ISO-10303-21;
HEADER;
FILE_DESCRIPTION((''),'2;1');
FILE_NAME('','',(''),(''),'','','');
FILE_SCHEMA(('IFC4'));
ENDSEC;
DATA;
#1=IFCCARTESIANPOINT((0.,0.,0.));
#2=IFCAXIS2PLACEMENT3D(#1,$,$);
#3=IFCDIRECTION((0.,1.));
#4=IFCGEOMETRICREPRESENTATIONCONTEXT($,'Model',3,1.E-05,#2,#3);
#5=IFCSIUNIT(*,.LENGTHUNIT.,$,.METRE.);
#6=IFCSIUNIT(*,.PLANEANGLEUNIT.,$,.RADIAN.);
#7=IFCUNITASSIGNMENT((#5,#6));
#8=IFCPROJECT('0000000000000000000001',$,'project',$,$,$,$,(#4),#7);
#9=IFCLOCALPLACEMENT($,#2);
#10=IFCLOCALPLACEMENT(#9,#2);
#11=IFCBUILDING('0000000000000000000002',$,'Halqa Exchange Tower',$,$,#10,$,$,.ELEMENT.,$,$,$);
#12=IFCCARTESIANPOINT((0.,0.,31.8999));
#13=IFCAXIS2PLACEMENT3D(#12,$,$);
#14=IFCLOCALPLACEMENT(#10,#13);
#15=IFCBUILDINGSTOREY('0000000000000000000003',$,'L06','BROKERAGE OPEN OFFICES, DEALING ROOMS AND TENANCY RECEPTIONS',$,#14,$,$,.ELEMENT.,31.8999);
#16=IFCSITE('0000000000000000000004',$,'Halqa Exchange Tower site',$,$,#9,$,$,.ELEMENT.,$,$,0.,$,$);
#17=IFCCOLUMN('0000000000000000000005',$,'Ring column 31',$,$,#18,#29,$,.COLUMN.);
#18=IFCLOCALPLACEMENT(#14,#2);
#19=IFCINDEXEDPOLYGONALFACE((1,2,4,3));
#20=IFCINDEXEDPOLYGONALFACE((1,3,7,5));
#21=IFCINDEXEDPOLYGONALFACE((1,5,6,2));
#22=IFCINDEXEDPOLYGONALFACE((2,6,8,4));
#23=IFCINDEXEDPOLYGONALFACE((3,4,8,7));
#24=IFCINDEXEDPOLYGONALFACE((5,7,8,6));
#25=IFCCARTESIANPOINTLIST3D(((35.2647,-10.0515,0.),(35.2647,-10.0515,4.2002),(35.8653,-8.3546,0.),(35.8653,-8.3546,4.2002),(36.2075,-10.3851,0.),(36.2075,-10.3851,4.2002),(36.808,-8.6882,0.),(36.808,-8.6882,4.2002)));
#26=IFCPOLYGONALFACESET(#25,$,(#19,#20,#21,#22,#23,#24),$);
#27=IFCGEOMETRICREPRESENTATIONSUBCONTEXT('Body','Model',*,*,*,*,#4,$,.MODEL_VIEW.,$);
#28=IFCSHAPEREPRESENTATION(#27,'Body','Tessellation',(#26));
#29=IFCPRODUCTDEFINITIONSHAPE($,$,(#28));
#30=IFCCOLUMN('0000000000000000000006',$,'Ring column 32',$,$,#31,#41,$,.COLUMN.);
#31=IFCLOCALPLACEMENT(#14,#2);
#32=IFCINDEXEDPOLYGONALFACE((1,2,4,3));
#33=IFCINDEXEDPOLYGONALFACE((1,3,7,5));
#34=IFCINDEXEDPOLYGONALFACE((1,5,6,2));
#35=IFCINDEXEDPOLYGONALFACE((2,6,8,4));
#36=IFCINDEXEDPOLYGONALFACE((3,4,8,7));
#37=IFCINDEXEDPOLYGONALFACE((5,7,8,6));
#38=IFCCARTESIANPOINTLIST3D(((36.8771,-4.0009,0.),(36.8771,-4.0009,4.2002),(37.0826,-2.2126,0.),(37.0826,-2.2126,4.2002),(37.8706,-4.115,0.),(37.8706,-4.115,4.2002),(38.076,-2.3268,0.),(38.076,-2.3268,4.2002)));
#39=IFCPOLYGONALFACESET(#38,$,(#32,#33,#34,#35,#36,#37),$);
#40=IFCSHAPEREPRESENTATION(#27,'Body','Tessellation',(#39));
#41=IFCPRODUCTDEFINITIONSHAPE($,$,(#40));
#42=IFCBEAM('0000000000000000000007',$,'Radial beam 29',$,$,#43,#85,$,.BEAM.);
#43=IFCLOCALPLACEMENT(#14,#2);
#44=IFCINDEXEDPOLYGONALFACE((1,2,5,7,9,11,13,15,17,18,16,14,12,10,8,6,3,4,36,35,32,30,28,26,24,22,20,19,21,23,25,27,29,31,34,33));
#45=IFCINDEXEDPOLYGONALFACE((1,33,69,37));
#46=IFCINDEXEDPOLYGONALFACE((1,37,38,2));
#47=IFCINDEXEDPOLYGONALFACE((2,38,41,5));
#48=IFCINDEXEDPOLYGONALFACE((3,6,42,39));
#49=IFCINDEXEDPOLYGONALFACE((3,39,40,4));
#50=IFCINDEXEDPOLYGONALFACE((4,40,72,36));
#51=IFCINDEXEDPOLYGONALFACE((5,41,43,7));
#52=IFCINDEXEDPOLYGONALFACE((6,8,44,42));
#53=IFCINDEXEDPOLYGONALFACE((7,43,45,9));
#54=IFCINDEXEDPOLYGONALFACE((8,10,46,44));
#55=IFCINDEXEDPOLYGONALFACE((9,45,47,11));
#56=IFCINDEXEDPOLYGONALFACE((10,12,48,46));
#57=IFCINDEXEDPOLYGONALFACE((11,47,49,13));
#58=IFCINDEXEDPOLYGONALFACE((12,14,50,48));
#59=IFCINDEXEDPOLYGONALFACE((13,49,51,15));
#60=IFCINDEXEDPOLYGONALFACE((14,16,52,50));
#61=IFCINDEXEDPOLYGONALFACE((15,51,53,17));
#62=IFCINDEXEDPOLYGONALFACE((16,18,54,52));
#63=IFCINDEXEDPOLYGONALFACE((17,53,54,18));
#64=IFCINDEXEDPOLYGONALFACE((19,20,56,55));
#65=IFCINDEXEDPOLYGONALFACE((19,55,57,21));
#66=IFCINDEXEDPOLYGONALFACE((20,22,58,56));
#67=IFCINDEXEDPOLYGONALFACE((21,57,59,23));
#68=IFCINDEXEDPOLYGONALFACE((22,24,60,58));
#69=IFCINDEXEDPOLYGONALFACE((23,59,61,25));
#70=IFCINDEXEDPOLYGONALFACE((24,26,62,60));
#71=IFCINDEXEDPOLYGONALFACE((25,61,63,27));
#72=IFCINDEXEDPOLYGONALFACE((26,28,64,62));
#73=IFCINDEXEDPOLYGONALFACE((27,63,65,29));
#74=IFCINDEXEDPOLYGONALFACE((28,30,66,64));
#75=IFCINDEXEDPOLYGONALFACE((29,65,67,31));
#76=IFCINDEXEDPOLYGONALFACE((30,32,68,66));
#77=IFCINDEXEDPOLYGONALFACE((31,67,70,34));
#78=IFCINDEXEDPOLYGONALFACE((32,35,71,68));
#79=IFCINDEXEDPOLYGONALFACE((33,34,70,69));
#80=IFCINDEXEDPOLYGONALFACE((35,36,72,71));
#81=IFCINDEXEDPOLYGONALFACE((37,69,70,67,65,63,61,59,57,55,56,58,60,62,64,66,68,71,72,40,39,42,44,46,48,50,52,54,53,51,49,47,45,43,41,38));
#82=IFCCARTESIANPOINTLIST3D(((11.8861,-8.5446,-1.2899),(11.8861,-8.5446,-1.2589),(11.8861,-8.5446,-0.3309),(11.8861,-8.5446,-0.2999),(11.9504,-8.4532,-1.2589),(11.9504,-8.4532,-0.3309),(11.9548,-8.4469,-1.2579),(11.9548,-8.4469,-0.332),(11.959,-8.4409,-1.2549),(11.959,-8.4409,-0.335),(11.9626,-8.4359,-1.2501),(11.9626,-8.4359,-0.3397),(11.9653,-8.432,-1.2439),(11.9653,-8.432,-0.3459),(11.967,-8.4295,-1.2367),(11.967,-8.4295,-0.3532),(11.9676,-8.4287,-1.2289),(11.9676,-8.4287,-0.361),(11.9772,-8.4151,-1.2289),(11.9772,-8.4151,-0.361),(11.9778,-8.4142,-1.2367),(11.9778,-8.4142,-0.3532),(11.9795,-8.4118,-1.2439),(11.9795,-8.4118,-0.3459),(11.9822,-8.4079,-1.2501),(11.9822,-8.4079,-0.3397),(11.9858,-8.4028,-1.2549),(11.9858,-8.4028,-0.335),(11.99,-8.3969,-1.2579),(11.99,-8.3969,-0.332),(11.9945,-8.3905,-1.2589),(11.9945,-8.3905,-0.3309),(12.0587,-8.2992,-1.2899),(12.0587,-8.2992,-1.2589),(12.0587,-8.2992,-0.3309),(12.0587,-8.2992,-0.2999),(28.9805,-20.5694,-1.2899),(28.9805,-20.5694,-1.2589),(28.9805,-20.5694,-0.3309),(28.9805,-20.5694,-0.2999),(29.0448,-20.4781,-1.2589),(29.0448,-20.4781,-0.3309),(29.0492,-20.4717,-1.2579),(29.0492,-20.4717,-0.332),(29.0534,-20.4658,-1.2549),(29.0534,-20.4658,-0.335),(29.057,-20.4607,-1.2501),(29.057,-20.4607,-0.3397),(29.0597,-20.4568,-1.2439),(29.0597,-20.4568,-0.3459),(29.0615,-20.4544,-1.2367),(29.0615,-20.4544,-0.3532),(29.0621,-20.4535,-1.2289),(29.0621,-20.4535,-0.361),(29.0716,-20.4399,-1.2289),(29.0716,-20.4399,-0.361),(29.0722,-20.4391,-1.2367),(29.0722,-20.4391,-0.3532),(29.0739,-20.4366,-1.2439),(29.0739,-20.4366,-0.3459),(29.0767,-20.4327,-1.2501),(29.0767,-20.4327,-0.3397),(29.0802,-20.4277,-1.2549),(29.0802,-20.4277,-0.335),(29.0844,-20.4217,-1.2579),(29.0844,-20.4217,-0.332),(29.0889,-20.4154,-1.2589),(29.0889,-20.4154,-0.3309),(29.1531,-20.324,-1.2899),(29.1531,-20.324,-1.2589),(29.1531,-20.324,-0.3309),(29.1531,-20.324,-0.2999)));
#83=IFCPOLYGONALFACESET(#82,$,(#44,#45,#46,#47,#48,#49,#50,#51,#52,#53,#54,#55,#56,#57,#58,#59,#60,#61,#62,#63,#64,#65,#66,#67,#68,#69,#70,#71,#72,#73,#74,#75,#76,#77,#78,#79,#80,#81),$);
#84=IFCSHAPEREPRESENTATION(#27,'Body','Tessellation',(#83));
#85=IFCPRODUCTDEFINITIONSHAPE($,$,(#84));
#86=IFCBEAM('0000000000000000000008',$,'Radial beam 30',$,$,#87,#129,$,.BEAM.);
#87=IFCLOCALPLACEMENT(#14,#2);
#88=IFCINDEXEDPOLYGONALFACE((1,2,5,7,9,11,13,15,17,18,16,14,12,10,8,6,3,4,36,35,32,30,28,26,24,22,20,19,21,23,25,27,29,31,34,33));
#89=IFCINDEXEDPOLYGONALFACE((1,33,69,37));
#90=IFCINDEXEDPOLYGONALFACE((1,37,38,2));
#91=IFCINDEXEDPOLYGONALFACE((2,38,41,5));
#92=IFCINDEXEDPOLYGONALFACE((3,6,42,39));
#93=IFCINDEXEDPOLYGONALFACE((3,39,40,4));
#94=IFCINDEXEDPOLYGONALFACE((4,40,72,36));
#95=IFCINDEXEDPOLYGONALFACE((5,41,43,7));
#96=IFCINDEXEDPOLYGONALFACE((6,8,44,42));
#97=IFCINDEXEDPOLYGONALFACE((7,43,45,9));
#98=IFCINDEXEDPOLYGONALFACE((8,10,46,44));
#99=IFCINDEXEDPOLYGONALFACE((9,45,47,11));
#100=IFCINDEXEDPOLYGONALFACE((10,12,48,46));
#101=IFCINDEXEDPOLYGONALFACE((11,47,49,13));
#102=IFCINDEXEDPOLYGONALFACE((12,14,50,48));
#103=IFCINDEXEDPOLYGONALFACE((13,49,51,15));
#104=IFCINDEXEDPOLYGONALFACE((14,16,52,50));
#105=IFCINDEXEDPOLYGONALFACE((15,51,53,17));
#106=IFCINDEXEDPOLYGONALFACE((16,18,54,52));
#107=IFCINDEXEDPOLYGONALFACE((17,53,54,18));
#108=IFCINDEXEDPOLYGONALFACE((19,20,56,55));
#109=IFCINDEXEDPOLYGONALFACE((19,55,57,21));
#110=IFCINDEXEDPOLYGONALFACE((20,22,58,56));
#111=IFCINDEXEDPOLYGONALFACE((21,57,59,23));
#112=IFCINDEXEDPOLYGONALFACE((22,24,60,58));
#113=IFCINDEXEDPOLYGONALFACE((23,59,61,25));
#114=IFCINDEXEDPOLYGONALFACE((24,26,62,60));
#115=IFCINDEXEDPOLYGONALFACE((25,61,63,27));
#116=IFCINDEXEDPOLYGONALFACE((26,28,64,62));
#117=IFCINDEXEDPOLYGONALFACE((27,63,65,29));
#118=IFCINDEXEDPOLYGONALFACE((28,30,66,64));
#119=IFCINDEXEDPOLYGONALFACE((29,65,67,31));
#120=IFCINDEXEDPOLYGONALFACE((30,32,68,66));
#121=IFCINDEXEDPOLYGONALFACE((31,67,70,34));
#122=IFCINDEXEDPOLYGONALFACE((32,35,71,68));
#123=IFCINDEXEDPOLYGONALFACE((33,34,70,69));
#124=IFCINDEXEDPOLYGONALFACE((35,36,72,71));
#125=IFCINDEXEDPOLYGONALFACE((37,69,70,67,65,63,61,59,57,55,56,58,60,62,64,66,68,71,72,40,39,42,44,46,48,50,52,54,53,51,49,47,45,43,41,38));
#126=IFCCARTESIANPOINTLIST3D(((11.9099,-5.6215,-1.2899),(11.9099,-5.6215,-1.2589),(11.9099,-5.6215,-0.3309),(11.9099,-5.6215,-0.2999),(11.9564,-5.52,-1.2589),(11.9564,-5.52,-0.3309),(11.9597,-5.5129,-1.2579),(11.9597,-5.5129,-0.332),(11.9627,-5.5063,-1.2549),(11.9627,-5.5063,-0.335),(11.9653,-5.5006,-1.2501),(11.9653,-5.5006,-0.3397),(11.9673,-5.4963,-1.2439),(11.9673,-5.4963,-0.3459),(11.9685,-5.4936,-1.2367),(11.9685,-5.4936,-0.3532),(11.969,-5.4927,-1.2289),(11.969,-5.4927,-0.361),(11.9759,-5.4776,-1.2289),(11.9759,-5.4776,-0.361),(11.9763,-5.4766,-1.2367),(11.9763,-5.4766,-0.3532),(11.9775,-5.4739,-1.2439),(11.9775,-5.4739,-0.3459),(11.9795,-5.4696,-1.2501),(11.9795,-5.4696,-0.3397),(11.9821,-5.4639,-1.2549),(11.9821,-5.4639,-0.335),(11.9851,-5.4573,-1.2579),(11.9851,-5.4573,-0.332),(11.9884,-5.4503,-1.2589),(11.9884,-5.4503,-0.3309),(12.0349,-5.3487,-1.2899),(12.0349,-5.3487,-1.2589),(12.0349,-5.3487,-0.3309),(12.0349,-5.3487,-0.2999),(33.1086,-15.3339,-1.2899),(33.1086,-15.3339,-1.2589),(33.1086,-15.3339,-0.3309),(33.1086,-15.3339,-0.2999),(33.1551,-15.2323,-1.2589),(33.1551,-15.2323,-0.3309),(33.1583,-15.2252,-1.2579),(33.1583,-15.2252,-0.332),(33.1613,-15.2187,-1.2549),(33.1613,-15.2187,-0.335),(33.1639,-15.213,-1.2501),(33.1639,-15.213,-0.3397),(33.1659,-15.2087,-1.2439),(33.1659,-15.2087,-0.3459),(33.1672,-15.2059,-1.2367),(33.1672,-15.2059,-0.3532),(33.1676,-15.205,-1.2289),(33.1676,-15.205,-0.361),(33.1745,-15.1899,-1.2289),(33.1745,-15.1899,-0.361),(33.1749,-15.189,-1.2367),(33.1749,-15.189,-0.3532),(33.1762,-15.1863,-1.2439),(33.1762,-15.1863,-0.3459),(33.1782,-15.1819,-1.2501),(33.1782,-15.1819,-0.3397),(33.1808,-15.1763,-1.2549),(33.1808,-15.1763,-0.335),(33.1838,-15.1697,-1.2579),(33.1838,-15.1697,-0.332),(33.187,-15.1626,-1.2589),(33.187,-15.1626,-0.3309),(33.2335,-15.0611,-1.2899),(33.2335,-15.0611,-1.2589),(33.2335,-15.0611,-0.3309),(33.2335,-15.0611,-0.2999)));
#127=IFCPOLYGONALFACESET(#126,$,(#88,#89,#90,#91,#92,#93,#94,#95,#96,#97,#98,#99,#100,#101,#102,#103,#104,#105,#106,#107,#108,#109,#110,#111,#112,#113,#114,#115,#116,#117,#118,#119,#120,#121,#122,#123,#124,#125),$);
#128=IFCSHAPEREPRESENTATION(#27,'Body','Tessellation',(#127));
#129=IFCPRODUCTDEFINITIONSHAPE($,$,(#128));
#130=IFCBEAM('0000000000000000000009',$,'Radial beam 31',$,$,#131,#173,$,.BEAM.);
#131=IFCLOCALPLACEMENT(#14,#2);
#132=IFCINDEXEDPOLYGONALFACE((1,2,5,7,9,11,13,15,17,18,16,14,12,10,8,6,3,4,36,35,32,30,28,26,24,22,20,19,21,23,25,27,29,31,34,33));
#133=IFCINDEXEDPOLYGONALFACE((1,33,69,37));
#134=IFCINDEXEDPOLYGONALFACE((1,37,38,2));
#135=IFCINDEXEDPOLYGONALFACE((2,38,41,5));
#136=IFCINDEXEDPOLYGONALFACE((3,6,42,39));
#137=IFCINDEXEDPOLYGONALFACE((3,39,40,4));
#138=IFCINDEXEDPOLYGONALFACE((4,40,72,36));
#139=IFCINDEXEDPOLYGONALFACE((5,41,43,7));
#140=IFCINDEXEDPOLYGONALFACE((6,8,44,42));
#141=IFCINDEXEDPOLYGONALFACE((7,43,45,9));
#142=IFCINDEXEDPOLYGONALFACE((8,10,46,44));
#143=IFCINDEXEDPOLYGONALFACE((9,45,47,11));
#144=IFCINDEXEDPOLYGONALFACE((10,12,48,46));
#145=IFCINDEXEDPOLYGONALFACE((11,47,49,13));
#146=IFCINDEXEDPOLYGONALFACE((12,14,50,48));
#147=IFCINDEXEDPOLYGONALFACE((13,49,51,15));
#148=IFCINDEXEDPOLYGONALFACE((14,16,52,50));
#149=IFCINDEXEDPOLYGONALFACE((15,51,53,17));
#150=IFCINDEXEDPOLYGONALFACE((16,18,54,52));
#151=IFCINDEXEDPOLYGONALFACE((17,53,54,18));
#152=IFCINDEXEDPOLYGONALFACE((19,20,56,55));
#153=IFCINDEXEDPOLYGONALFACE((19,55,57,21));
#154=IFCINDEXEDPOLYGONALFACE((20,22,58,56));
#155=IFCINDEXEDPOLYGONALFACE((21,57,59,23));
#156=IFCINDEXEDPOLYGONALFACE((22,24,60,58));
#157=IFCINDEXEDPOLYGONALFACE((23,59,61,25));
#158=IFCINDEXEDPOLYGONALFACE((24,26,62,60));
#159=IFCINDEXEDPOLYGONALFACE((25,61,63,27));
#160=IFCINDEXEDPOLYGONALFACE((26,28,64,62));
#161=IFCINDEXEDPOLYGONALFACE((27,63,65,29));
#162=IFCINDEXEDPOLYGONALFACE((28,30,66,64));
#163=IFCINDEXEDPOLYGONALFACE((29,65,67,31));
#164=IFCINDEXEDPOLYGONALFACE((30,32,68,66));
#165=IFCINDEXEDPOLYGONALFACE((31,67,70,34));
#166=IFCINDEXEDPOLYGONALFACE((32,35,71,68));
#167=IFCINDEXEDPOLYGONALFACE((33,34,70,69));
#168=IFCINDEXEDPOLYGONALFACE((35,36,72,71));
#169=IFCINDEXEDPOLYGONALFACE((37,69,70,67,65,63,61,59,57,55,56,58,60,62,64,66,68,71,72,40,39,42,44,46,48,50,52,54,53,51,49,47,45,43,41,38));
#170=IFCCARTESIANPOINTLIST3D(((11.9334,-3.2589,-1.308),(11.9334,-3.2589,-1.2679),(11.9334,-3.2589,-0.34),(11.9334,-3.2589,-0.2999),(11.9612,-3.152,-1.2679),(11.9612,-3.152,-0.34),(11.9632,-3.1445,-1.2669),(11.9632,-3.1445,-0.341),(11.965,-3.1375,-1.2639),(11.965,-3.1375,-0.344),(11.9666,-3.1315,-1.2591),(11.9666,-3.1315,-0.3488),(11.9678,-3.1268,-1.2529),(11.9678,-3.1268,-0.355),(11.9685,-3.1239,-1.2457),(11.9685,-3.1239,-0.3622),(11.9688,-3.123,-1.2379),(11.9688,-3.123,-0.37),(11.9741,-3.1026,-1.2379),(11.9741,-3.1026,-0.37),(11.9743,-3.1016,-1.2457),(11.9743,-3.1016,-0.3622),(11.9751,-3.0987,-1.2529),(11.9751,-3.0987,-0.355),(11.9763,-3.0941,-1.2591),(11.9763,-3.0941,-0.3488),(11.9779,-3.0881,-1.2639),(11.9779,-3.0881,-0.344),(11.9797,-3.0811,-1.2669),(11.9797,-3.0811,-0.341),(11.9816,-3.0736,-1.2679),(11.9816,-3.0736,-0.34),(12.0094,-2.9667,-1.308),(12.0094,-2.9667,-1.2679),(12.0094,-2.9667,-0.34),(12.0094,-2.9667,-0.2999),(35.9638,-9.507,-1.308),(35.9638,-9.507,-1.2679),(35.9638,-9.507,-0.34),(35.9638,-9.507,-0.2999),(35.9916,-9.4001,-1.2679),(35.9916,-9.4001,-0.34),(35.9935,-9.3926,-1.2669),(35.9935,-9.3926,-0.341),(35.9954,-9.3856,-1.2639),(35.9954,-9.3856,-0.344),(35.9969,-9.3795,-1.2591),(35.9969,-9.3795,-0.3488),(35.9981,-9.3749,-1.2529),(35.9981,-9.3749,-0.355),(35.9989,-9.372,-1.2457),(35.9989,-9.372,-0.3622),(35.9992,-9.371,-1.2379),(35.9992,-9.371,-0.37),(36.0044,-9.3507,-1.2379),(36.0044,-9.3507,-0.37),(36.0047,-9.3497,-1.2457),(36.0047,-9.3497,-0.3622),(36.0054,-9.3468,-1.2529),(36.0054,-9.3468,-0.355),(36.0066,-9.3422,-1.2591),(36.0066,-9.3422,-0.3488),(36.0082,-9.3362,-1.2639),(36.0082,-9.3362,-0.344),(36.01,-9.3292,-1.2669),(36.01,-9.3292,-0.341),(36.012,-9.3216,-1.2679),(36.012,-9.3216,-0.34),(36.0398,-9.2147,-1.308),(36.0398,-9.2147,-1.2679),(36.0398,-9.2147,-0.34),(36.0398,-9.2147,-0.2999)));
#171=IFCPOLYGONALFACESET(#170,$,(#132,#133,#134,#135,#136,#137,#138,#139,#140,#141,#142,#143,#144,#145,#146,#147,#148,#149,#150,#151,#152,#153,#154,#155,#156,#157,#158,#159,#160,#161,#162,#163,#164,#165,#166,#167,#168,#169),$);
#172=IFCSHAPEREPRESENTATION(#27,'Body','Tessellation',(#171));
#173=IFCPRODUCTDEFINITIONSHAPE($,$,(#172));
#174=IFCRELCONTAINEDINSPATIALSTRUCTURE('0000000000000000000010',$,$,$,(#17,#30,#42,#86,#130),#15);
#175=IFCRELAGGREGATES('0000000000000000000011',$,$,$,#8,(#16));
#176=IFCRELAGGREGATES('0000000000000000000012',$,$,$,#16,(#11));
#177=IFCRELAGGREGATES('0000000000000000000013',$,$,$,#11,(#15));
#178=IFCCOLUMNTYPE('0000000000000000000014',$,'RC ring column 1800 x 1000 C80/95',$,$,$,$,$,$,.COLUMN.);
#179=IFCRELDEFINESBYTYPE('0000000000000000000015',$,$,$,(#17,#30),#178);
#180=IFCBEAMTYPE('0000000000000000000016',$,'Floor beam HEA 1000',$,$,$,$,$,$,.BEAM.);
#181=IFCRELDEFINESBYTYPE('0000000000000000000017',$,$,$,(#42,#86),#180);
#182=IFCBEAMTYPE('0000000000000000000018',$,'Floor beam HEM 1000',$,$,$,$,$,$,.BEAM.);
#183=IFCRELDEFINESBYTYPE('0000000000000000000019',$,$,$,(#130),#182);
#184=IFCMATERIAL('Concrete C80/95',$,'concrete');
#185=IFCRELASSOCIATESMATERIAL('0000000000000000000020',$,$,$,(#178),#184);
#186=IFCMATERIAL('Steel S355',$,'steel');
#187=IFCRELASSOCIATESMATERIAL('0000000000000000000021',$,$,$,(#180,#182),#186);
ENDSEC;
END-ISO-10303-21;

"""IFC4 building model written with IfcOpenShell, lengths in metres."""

from ifc_helpers import new_model, si_unit, direction, frame, origin, origin_2d, place, context, subcontext, project, spatial, rectangle, i_section, extrude, material, material_profile, profile_set, type_object, element, save


model = new_model("IFC4")

# Units and contexts
model_context = context("Model", 3, precision=1e-05, world=origin(), true_north=direction((0.0, 1.0)))
body_context = subcontext(model_context, "Body", "Model", "MODEL_VIEW")
ifc_project = project(units=[si_unit("LENGTHUNIT", "METRE"), si_unit("PLANEANGLEUNIT", "RADIAN")], contexts=[model_context])

# Site, building, storey
site_placement = place(None, origin())
site = spatial("IfcSite", under=ifc_project, at=site_placement, Name="Halqa Exchange Tower site", CompositionType="ELEMENT", RefElevation=0.0)
building_placement = place(site_placement, origin())
building = spatial("IfcBuilding", under=site, at=building_placement, Name="Halqa Exchange Tower", CompositionType="ELEMENT")
storey_placement = place(building_placement, frame((0.0, 0.0, 31.8999)))
storey = spatial("IfcBuildingStorey", under=building, at=storey_placement, Name="L06", Description="BROKERAGE OPEN OFFICES, DEALING ROOMS AND TENANCY RECEPTIONS", CompositionType="ELEMENT", Elevation=31.8999)

# Columns
ifc_material_1 = material(Name="Concrete C80/95", Category="concrete")
ifc_material_profile_1 = material_profile(ifc_material_1, rectangle(XDim=1.8, YDim=1.0, at=origin_2d()), Name="1800 x 1000")
ifc_profile_set_1 = profile_set([ifc_material_profile_1], Name="Concrete C80/95")
column_type = type_object("IfcColumnType", Name="RC ring column 1800 x 1000 C80/95", PredefinedType="COLUMN", material=ifc_profile_set_1)
for number, where, z_axis, x_axis, name in (
    (1, (36.0364, -9.3699, 0.0), (0.0, 0.0, 1.0), (0.333631, 0.942704, 0.0), "Ring column 31"),
    (2, (37.4766, -3.1638, 0.0), (0.0, 0.0, 1.0), (0.114155, 0.993463, 0.0), "Ring column 32"),
):
    element("IfcColumn", number, at=place(storey_placement, frame(where, z_axis=z_axis, x_axis=x_axis)), inside=storey, type_object=column_type, Name=name, PredefinedType="COLUMN", context=body_context, shape_type="SweptSolid", body=[
        extrude(rectangle(XDim=1.8, YDim=1.0, at=origin_2d()), origin(), (0.0, 0.0, 1.0), 4.2002),
    ])

# Beams
ifc_material_2 = material(Name="Steel S355", Category="steel")
ifc_material_profile_2 = material_profile(ifc_material_2, i_section(OverallWidth=0.3, OverallDepth=0.99, WebThickness=0.0166, FlangeThickness=0.031, FilletRadius=0.03, at=origin_2d()), Name="HEA 1000")
ifc_profile_set_2 = profile_set([ifc_material_profile_2], Name="Steel S355")
beam_type_1 = type_object("IfcBeamType", Name="Floor beam HEA 1000", PredefinedType="BEAM", material=ifc_profile_set_2)
beam_1_placement = place(storey_placement, frame((11.9724, -8.4219, -0.7949), z_axis=(0.817909, -0.575348, 0.0), x_axis=(0.575348, 0.817909, 0.0)))
element("IfcBeam", 3, at=beam_1_placement, inside=storey, type_object=beam_type_1, Name="Radial beam 29", PredefinedType="BEAM", context=body_context, shape_type="SweptSolid", body=[
    extrude(i_section(OverallWidth=0.3, OverallDepth=0.99, WebThickness=0.0166, FlangeThickness=0.031, FilletRadius=0.03, at=origin_2d()), origin(), (0.0, 0.0, 1.0), 20.9001),
])
beam_2_placement = place(storey_placement, frame((11.9724, -5.4851, -0.7949), z_axis=(0.909125, -0.416524, 0.0), x_axis=(0.416524, 0.909125, 0.0)))
element("IfcBeam", 4, at=beam_2_placement, inside=storey, type_object=beam_type_1, Name="Radial beam 30", PredefinedType="BEAM", context=body_context, shape_type="SweptSolid", body=[
    extrude(i_section(OverallWidth=0.3, OverallDepth=0.99, WebThickness=0.0166, FlangeThickness=0.031, FilletRadius=0.03, at=origin_2d()), origin(), (0.0, 0.0, 1.0), 23.3176),
])
ifc_material_profile_3 = material_profile(ifc_material_2, i_section(OverallWidth=0.302, OverallDepth=1.0081, WebThickness=0.021, FlangeThickness=0.04, FilletRadius=0.03, at=origin_2d()), Name="HEM 1000")
ifc_profile_set_3 = profile_set([ifc_material_profile_3], Name="Steel S355")
beam_type_2 = type_object("IfcBeamType", Name="Floor beam HEM 1000", PredefinedType="BEAM", material=ifc_profile_set_3)
beam_3_placement = place(storey_placement, frame((11.9714, -3.1128, -0.804), z_axis=(0.967821, -0.25164, 0.0), x_axis=(0.25164, 0.967821, 0.0)))
element("IfcBeam", 5, at=beam_3_placement, inside=storey, type_object=beam_type_2, Name="Radial beam 31", PredefinedType="BEAM", context=body_context, shape_type="SweptSolid", body=[
    extrude(i_section(OverallWidth=0.302, OverallDepth=1.0081, WebThickness=0.021, FlangeThickness=0.04, FilletRadius=0.03, at=origin_2d()), origin(), (0.0, 0.0, 1.0), 24.8293),
])

save(model, "model.ifc")
